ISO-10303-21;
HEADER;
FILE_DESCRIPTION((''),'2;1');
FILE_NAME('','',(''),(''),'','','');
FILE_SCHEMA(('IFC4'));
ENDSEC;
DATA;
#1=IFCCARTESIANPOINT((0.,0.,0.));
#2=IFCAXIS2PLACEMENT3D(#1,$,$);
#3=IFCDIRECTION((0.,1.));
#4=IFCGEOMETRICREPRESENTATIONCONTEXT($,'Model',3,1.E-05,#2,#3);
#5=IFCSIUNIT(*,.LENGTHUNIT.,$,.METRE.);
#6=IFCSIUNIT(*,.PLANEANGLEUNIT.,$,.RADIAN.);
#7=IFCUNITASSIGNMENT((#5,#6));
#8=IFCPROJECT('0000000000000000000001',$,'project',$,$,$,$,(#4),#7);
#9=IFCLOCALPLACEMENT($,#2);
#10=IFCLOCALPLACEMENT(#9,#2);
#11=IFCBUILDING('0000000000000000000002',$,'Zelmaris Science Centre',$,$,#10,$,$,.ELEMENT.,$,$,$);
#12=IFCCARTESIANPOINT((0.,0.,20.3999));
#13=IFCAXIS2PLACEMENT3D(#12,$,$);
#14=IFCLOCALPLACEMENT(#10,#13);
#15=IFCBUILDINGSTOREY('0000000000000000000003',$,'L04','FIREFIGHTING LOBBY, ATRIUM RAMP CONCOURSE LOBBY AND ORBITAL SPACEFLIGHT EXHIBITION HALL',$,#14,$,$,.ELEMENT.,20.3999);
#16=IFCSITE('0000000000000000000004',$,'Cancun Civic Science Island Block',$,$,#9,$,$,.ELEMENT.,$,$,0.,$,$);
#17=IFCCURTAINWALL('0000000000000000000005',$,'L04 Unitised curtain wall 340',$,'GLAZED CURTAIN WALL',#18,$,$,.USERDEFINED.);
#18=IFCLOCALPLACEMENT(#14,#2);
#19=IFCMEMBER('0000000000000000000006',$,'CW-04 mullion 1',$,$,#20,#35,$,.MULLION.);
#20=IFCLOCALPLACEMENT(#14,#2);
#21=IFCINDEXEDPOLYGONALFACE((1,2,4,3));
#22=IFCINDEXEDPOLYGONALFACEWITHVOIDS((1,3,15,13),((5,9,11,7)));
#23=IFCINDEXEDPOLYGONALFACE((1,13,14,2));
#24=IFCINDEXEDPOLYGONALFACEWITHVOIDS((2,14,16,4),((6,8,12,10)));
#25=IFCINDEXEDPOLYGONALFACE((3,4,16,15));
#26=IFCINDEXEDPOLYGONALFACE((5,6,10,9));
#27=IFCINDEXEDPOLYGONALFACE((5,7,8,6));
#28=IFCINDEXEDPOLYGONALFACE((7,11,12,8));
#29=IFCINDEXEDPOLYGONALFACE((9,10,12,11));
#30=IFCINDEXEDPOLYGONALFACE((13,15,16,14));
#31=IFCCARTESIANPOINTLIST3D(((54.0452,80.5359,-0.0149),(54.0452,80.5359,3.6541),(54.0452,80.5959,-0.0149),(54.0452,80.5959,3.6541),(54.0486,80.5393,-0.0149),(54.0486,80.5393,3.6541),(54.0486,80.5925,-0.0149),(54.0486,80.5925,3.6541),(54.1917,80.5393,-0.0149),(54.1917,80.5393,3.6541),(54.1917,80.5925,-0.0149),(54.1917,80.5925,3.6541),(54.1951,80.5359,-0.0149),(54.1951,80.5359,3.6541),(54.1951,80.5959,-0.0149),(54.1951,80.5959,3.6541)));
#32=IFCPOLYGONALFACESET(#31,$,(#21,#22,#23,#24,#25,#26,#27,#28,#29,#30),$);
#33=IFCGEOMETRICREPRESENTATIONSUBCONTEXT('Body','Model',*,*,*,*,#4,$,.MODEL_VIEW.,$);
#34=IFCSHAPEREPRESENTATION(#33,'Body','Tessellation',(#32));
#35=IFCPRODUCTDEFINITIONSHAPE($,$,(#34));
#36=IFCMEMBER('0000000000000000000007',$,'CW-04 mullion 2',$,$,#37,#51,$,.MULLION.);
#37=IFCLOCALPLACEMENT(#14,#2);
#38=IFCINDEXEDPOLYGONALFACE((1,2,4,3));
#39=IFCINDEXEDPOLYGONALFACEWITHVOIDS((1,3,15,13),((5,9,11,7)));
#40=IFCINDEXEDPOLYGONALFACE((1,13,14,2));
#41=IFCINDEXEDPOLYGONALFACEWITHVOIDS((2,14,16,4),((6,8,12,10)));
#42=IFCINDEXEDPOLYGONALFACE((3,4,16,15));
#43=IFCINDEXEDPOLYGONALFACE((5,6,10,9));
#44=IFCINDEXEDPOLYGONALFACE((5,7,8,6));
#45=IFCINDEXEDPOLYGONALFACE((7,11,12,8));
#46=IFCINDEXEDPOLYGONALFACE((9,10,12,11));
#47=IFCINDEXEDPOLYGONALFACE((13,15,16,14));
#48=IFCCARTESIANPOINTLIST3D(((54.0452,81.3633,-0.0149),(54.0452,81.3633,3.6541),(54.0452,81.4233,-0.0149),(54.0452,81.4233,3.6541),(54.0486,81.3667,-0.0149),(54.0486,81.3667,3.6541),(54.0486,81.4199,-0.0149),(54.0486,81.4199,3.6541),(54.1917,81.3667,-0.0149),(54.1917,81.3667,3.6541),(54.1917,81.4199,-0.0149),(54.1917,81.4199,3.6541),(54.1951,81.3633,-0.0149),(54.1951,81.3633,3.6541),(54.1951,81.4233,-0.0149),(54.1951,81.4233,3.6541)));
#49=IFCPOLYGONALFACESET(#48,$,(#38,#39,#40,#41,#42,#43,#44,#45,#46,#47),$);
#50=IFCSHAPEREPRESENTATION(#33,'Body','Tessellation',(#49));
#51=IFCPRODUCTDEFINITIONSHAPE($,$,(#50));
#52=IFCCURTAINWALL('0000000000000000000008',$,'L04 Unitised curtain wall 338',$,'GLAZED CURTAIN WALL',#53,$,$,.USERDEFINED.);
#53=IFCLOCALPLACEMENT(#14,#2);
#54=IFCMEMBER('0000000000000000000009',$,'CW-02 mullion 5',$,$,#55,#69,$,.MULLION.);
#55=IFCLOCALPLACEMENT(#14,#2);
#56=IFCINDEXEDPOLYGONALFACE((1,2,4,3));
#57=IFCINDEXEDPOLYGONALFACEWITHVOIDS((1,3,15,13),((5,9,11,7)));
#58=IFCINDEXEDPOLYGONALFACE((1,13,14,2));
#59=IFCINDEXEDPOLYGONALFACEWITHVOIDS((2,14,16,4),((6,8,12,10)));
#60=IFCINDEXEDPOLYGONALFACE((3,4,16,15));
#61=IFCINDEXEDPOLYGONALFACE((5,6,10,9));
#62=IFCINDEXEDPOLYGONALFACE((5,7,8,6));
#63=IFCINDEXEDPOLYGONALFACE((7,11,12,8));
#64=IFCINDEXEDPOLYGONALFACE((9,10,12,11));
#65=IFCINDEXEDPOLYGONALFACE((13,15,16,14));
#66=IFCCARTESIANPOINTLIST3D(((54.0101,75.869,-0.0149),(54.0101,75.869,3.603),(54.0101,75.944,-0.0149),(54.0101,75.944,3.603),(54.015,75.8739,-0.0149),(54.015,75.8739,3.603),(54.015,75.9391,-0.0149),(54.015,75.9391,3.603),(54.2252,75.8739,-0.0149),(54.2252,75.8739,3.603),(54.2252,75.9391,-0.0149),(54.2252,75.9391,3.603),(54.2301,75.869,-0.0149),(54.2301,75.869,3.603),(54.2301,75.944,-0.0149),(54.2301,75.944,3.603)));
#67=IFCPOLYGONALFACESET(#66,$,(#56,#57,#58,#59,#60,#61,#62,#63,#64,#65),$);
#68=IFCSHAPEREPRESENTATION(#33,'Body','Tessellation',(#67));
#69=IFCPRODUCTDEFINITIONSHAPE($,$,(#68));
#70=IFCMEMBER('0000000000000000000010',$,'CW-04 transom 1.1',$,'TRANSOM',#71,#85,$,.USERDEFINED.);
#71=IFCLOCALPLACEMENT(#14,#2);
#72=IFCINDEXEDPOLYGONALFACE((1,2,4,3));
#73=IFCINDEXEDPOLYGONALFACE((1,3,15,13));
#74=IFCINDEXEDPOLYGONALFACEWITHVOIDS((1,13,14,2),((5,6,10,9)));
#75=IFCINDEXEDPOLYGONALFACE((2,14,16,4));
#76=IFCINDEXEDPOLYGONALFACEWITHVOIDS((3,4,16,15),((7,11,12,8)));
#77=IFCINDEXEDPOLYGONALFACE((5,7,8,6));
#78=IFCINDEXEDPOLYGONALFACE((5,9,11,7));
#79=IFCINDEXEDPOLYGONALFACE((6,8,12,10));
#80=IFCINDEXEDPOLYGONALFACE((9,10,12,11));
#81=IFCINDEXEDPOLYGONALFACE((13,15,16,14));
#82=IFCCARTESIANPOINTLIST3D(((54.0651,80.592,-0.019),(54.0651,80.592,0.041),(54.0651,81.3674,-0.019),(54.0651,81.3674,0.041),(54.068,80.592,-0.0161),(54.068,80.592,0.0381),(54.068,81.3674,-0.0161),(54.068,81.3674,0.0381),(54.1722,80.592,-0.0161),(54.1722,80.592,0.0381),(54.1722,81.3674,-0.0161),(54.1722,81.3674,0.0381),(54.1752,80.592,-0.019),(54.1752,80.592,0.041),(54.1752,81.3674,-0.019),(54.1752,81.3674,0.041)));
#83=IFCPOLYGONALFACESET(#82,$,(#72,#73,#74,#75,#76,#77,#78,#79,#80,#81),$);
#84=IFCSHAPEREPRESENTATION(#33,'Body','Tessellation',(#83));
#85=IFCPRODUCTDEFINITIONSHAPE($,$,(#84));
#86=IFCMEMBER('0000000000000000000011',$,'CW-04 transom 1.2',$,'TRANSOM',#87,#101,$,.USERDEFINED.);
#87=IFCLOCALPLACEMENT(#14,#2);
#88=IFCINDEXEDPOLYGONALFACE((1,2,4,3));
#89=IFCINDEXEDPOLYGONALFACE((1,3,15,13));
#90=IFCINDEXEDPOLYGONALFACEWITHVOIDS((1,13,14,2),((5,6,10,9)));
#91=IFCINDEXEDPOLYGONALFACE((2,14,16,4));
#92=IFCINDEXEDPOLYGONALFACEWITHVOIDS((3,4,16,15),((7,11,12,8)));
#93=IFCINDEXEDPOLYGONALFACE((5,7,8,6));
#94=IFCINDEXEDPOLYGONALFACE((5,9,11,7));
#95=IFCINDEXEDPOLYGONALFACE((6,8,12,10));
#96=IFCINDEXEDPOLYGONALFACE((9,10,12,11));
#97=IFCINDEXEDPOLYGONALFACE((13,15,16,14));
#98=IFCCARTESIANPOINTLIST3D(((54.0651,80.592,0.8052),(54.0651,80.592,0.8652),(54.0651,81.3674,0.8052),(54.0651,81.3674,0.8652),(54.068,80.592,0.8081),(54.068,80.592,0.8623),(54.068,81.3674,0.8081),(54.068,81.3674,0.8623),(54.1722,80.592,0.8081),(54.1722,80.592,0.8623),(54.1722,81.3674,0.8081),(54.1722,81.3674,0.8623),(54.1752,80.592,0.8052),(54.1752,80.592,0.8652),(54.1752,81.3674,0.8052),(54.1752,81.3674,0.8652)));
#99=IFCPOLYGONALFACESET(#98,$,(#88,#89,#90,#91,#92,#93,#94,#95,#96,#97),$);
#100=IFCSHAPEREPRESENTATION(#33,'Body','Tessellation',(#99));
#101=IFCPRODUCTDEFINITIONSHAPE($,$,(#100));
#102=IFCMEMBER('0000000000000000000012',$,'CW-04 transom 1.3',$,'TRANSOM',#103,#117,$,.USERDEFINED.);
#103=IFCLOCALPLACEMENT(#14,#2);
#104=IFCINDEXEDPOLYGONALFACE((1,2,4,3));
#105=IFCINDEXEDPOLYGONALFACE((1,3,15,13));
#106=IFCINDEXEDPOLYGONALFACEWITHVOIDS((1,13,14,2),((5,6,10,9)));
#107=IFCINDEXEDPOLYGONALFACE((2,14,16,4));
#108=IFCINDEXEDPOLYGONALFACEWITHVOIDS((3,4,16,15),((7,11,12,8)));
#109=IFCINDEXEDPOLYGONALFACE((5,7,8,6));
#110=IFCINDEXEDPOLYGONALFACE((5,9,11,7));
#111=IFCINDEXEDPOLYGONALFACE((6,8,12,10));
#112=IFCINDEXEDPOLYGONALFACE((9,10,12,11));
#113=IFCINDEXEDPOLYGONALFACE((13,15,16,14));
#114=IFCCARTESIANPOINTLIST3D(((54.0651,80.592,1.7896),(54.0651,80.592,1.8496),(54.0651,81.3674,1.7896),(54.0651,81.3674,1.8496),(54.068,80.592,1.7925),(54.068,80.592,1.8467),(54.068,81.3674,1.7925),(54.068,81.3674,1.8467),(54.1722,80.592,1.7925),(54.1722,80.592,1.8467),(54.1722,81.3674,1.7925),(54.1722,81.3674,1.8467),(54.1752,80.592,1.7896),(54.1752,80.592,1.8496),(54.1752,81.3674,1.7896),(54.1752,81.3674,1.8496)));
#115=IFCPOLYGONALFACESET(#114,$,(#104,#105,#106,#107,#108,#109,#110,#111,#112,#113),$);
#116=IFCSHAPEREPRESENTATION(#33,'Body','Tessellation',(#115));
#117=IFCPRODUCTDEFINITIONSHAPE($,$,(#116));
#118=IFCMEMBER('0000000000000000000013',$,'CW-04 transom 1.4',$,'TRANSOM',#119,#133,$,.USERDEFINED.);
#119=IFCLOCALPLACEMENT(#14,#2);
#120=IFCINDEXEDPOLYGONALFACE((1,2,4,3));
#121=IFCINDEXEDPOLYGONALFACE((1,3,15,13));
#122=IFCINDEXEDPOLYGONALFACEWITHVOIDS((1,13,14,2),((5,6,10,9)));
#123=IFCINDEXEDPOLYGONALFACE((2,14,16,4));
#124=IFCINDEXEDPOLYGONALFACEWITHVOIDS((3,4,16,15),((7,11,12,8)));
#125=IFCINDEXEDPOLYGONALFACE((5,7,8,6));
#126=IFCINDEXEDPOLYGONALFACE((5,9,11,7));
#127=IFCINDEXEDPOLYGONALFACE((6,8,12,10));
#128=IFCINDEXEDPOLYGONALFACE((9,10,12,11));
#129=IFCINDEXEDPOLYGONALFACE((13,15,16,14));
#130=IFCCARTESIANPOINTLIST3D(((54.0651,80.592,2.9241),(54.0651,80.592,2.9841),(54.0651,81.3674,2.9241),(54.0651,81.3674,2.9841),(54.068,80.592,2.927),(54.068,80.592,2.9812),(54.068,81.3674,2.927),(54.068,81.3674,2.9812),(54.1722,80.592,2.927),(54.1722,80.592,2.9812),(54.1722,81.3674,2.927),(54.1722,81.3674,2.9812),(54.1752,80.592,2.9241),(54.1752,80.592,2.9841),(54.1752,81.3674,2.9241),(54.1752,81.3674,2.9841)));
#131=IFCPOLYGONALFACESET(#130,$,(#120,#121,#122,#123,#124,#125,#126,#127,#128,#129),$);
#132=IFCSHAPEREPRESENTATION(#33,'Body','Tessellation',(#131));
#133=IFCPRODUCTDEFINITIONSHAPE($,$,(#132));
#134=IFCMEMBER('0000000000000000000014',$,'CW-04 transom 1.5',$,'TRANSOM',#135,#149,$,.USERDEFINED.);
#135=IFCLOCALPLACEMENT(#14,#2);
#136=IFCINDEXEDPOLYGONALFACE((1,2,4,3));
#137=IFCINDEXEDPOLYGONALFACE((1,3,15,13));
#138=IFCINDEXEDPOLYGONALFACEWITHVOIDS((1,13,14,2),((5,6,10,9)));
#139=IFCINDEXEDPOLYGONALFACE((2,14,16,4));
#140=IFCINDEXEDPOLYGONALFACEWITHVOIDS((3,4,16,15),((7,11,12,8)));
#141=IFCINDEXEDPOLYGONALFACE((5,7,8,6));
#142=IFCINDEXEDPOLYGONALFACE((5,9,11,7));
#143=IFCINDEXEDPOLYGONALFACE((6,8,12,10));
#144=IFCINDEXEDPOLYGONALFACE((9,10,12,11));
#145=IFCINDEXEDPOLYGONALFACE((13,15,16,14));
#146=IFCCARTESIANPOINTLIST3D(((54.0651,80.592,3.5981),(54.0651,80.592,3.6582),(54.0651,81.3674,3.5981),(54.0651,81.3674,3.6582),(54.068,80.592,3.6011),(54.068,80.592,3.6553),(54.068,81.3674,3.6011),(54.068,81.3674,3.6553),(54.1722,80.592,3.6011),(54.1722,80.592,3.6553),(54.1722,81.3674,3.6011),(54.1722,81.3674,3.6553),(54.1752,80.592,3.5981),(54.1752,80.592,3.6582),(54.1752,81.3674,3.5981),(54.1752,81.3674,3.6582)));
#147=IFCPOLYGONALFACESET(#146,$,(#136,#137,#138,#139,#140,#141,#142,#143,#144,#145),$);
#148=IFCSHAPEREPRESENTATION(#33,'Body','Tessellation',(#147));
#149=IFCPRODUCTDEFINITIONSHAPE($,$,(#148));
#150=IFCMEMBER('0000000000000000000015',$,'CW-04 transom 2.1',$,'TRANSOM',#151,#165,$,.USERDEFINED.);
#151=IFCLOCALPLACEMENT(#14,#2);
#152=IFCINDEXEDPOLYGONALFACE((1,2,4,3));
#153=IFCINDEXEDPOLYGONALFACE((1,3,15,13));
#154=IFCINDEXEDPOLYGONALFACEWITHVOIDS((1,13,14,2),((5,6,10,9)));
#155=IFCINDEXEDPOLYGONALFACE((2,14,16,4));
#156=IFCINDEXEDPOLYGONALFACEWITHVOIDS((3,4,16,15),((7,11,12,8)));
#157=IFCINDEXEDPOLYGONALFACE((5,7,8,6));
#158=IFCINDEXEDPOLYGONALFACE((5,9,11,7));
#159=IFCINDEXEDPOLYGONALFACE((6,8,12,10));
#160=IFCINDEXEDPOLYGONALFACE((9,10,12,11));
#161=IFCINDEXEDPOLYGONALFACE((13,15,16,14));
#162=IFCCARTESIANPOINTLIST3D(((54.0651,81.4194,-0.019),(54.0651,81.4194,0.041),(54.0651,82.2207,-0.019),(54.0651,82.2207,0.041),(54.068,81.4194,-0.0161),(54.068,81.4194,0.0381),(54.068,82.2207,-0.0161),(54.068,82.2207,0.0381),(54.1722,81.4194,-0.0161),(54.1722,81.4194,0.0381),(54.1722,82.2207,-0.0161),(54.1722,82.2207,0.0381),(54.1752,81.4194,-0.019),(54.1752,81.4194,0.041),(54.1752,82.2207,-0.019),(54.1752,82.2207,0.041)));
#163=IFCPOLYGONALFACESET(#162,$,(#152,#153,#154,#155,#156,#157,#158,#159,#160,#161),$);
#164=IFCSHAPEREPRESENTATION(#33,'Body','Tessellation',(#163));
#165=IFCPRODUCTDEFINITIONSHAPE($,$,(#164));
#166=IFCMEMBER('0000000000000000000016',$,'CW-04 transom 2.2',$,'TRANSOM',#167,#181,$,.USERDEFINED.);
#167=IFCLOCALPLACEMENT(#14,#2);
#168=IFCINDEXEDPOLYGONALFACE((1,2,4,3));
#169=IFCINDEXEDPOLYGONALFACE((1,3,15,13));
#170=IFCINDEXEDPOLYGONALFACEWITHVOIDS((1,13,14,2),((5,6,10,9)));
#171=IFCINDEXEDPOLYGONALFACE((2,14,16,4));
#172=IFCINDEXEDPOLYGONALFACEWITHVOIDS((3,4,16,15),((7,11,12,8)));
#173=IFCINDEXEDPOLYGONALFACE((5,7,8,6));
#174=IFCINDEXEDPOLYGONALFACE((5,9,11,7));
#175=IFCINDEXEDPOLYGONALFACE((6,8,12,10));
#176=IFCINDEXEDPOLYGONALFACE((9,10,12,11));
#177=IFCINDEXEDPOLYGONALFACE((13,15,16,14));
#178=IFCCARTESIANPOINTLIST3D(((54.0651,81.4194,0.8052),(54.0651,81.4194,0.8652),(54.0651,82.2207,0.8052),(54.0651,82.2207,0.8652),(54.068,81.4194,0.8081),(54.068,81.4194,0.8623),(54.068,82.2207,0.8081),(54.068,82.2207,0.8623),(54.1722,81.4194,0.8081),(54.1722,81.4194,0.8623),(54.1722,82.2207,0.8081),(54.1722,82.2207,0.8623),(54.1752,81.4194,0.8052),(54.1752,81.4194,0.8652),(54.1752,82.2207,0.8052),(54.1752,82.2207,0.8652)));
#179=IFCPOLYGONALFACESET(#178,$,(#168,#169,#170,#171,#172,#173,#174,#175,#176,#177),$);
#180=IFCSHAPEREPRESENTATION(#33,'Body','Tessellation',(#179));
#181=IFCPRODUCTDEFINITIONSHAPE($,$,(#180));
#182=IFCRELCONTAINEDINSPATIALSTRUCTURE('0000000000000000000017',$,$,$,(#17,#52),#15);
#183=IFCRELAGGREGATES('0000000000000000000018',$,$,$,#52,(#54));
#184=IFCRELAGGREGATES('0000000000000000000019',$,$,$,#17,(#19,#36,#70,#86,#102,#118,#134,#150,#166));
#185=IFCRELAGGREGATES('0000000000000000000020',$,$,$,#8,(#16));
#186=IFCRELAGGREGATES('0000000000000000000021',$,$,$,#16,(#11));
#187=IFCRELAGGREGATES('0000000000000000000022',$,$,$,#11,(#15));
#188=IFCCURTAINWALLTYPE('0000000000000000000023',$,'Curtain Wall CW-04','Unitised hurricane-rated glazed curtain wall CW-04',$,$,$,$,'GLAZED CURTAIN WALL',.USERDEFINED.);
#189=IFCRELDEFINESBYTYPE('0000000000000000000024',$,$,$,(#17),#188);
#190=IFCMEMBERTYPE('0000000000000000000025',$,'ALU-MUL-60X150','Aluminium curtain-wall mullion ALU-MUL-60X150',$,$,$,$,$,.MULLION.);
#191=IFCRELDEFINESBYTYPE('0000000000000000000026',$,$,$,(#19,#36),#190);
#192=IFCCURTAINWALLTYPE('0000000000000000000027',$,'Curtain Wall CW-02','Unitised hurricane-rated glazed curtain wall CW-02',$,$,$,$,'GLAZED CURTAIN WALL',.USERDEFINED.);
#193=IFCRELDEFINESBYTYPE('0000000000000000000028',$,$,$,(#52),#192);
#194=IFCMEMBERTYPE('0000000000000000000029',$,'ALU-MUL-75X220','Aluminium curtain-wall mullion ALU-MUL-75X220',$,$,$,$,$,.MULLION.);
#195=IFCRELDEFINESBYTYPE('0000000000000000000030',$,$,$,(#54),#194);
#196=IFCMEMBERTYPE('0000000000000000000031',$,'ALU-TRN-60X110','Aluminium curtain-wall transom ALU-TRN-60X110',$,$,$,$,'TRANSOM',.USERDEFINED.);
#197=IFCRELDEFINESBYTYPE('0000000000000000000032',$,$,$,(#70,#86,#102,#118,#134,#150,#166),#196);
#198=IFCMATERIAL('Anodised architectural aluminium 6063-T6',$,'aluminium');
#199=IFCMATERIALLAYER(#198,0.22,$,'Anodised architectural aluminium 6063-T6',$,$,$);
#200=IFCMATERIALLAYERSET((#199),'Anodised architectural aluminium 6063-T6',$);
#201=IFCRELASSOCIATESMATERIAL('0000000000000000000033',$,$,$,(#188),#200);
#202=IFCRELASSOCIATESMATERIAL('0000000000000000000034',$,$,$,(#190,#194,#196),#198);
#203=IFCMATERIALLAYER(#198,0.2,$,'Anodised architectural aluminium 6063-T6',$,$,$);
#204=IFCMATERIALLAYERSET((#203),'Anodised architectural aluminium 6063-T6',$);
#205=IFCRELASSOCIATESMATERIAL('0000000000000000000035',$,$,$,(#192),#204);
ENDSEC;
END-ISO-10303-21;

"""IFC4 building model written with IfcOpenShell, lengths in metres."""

from ifc_helpers import new_model, si_unit, direction, frame, origin, origin_2d, place, context, subcontext, project, spatial, hollow_rectangle, extrude, material, layer, layer_set, material_profile, profile_set, type_object, element, aggregate, save


model = new_model("IFC4")

# Units and contexts
model_context = context("Model", 3, precision=1e-05, world=origin(), true_north=direction((0.0, 1.0)))
body_context = subcontext(model_context, "Body", "Model", "MODEL_VIEW")
ifc_project = project(units=[si_unit("LENGTHUNIT", "METRE"), si_unit("PLANEANGLEUNIT", "RADIAN")], contexts=[model_context])

# Site, building, storey
site_placement = place(None, origin())
site = spatial("IfcSite", under=ifc_project, at=site_placement, Name="Cancun Civic Science Island Block", CompositionType="ELEMENT", RefElevation=0.0)
building_placement = place(site_placement, origin())
building = spatial("IfcBuilding", under=site, at=building_placement, Name="Zelmaris Science Centre", CompositionType="ELEMENT")
storey_placement = place(building_placement, frame((0.0, 0.0, 20.3999)))
storey = spatial("IfcBuildingStorey", under=building, at=storey_placement, Name="L04", Description="FIREFIGHTING LOBBY, ATRIUM RAMP CONCOURSE LOBBY AND ORBITAL SPACEFLIGHT EXHIBITION HALL", CompositionType="ELEMENT", Elevation=20.3999)

# Curtain wall, members
ifc_material_1 = material(Name="Anodised architectural aluminium 6063-T6", Category="aluminium")
ifc_layer_1 = layer(ifc_material_1, 0.22, Name="Anodised architectural aluminium 6063-T6")
ifc_layer_set_1 = layer_set([ifc_layer_1], Name="Anodised architectural aluminium 6063-T6")
curtain_wall_type_1 = type_object("IfcCurtainWallType", Name="Curtain Wall CW-04", Description="Unitised hurricane-rated glazed curtain wall CW-04", ElementType="GLAZED CURTAIN WALL", PredefinedType="USERDEFINED", material=ifc_layer_set_1)
curtain_wall_1_placement = place(storey_placement, origin())
curtain_wall_1 = element("IfcCurtainWall", 1, at=curtain_wall_1_placement, inside=storey, type_object=curtain_wall_type_1, Name="L04 Unitised curtain wall 340", ObjectType="GLAZED CURTAIN WALL", PredefinedType="USERDEFINED")
ifc_material_profile_1 = material_profile(ifc_material_1, hollow_rectangle(XDim=0.0601, YDim=0.1499, WallThickness=0.0034, at=origin_2d()), Name="ALU-MUL-60X150")
ifc_profile_set_1 = profile_set([ifc_material_profile_1], Name="Anodised architectural aluminium 6063-T6")
member_type_1 = type_object("IfcMemberType", Name="ALU-MUL-60X150", Description="Aluminium curtain-wall mullion ALU-MUL-60X150", PredefinedType="MULLION", material=ifc_profile_set_1)
member_1_placement = place(storey_placement, frame((54.1201, 80.5659, -0.0149), z_axis=(0.0, 0.0, 1.0), x_axis=(0.0, 1.0, 0.0)))
member_1 = element("IfcMember", 2, at=member_1_placement, type_object=member_type_1, Name="CW-04 mullion 1", PredefinedType="MULLION", context=body_context, shape_type="SweptSolid", body=[
    extrude(hollow_rectangle(XDim=0.0601, YDim=0.1499, WallThickness=0.0034, at=origin_2d()), origin(), (0.0, 0.0, 1.0), 3.6689),
])
member_2_placement = place(storey_placement, frame((54.1201, 81.3933, -0.0149), z_axis=(0.0, 0.0, 1.0), x_axis=(0.0, 1.0, 0.0)))
member_2 = element("IfcMember", 3, at=member_2_placement, type_object=member_type_1, Name="CW-04 mullion 2", PredefinedType="MULLION", context=body_context, shape_type="SweptSolid", body=[
    extrude(hollow_rectangle(XDim=0.0601, YDim=0.1499, WallThickness=0.0034, at=origin_2d()), origin(), (0.0, 0.0, 1.0), 3.6689),
])

# Curtain wall, member
ifc_layer_2 = layer(ifc_material_1, 0.2, Name="Anodised architectural aluminium 6063-T6")
ifc_layer_set_2 = layer_set([ifc_layer_2], Name="Anodised architectural aluminium 6063-T6")
curtain_wall_type_2 = type_object("IfcCurtainWallType", Name="Curtain Wall CW-02", Description="Unitised hurricane-rated glazed curtain wall CW-02", ElementType="GLAZED CURTAIN WALL", PredefinedType="USERDEFINED", material=ifc_layer_set_2)
curtain_wall_2_placement = place(storey_placement, origin())
curtain_wall_2 = element("IfcCurtainWall", 4, at=curtain_wall_2_placement, inside=storey, type_object=curtain_wall_type_2, Name="L04 Unitised curtain wall 338", ObjectType="GLAZED CURTAIN WALL", PredefinedType="USERDEFINED")
ifc_material_profile_2 = material_profile(ifc_material_1, hollow_rectangle(XDim=0.075, YDim=0.22, WallThickness=0.0049, at=origin_2d()), Name="ALU-MUL-75X220")
ifc_profile_set_2 = profile_set([ifc_material_profile_2], Name="Anodised architectural aluminium 6063-T6")
member_type_2 = type_object("IfcMemberType", Name="ALU-MUL-75X220", Description="Aluminium curtain-wall mullion ALU-MUL-75X220", PredefinedType="MULLION", material=ifc_profile_set_2)
member_3_placement = place(storey_placement, frame((54.1201, 75.9065, -0.0149), z_axis=(0.0, 0.0, 1.0), x_axis=(0.0, 1.0, 0.0)))
member_3 = element("IfcMember", 5, at=member_3_placement, type_object=member_type_2, Name="CW-02 mullion 5", PredefinedType="MULLION", context=body_context, shape_type="SweptSolid", body=[
    extrude(hollow_rectangle(XDim=0.075, YDim=0.22, WallThickness=0.0049, at=origin_2d()), origin(), (0.0, 0.0, 1.0), 3.6179),
])

# Members
ifc_material_profile_3 = material_profile(ifc_material_1, hollow_rectangle(XDim=0.0601, YDim=0.1101, WallThickness=0.0029, at=origin_2d()), Name="ALU-TRN-60X110")
ifc_profile_set_3 = profile_set([ifc_material_profile_3], Name="Anodised architectural aluminium 6063-T6")
member_type_3 = type_object("IfcMemberType", Name="ALU-TRN-60X110", Description="Aluminium curtain-wall transom ALU-TRN-60X110", ElementType="TRANSOM", PredefinedType="USERDEFINED", material=ifc_profile_set_3)
member_4_placement = place(storey_placement, frame((54.1201, 80.592, 0.011), z_axis=(0.0, 1.0, 0.0), x_axis=(0.0, 0.0, 1.0)))
member_4 = element("IfcMember", 6, at=member_4_placement, type_object=member_type_3, Name="CW-04 transom 1.1", ObjectType="TRANSOM", PredefinedType="USERDEFINED", context=body_context, shape_type="SweptSolid", body=[
    extrude(hollow_rectangle(XDim=0.0601, YDim=0.1101, WallThickness=0.0029, at=origin_2d()), origin(), (0.0, 0.0, 1.0), 0.7754),
])
member_5_placement = place(storey_placement, frame((54.1201, 80.592, 0.8352), z_axis=(0.0, 1.0, 0.0), x_axis=(0.0, 0.0, 1.0)))
member_5 = element("IfcMember", 7, at=member_5_placement, type_object=member_type_3, Name="CW-04 transom 1.2", ObjectType="TRANSOM", PredefinedType="USERDEFINED", context=body_context, shape_type="SweptSolid", body=[
    extrude(hollow_rectangle(XDim=0.0601, YDim=0.1101, WallThickness=0.0029, at=origin_2d()), origin(), (0.0, 0.0, 1.0), 0.7754),
])
member_6_placement = place(storey_placement, frame((54.1201, 80.592, 1.8196), z_axis=(0.0, 1.0, 0.0), x_axis=(0.0, 0.0, 1.0)))
member_6 = element("IfcMember", 8, at=member_6_placement, type_object=member_type_3, Name="CW-04 transom 1.3", ObjectType="TRANSOM", PredefinedType="USERDEFINED", context=body_context, shape_type="SweptSolid", body=[
    extrude(hollow_rectangle(XDim=0.0601, YDim=0.1101, WallThickness=0.0029, at=origin_2d()), origin(), (0.0, 0.0, 1.0), 0.7754),
])
member_7_placement = place(storey_placement, frame((54.1201, 80.592, 2.9541), z_axis=(0.0, 1.0, 0.0), x_axis=(0.0, 0.0, 1.0)))
member_7 = element("IfcMember", 9, at=member_7_placement, type_object=member_type_3, Name="CW-04 transom 1.4", ObjectType="TRANSOM", PredefinedType="USERDEFINED", context=body_context, shape_type="SweptSolid", body=[
    extrude(hollow_rectangle(XDim=0.0601, YDim=0.1101, WallThickness=0.0029, at=origin_2d()), origin(), (0.0, 0.0, 1.0), 0.7754),
])
member_8_placement = place(storey_placement, frame((54.1201, 80.592, 3.6282), z_axis=(0.0, 1.0, 0.0), x_axis=(0.0, 0.0, 1.0)))
member_8 = element("IfcMember", 10, at=member_8_placement, type_object=member_type_3, Name="CW-04 transom 1.5", ObjectType="TRANSOM", PredefinedType="USERDEFINED", context=body_context, shape_type="SweptSolid", body=[
    extrude(hollow_rectangle(XDim=0.0601, YDim=0.1101, WallThickness=0.0029, at=origin_2d()), origin(), (0.0, 0.0, 1.0), 0.7754),
])
member_9_placement = place(storey_placement, frame((54.1201, 81.4194, 0.011), z_axis=(0.0, 1.0, 0.0), x_axis=(0.0, 0.0, 1.0)))
member_9 = element("IfcMember", 11, at=member_9_placement, type_object=member_type_3, Name="CW-04 transom 2.1", ObjectType="TRANSOM", PredefinedType="USERDEFINED", context=body_context, shape_type="SweptSolid", body=[
    extrude(hollow_rectangle(XDim=0.0601, YDim=0.1101, WallThickness=0.0029, at=origin_2d()), origin(), (0.0, 0.0, 1.0), 0.8013),
])
member_10_placement = place(storey_placement, frame((54.1201, 81.4194, 0.8352), z_axis=(0.0, 1.0, 0.0), x_axis=(0.0, 0.0, 1.0)))
member_10 = element("IfcMember", 12, at=member_10_placement, type_object=member_type_3, Name="CW-04 transom 2.2", ObjectType="TRANSOM", PredefinedType="USERDEFINED", context=body_context, shape_type="SweptSolid", body=[
    extrude(hollow_rectangle(XDim=0.0601, YDim=0.1101, WallThickness=0.0029, at=origin_2d()), origin(), (0.0, 0.0, 1.0), 0.8013),
])

aggregate(curtain_wall_2, [member_3])
aggregate(curtain_wall_1, [member_1, member_2, member_4, member_5, member_6, member_7, member_8, member_9, member_10])

save(model, "model.ifc")
